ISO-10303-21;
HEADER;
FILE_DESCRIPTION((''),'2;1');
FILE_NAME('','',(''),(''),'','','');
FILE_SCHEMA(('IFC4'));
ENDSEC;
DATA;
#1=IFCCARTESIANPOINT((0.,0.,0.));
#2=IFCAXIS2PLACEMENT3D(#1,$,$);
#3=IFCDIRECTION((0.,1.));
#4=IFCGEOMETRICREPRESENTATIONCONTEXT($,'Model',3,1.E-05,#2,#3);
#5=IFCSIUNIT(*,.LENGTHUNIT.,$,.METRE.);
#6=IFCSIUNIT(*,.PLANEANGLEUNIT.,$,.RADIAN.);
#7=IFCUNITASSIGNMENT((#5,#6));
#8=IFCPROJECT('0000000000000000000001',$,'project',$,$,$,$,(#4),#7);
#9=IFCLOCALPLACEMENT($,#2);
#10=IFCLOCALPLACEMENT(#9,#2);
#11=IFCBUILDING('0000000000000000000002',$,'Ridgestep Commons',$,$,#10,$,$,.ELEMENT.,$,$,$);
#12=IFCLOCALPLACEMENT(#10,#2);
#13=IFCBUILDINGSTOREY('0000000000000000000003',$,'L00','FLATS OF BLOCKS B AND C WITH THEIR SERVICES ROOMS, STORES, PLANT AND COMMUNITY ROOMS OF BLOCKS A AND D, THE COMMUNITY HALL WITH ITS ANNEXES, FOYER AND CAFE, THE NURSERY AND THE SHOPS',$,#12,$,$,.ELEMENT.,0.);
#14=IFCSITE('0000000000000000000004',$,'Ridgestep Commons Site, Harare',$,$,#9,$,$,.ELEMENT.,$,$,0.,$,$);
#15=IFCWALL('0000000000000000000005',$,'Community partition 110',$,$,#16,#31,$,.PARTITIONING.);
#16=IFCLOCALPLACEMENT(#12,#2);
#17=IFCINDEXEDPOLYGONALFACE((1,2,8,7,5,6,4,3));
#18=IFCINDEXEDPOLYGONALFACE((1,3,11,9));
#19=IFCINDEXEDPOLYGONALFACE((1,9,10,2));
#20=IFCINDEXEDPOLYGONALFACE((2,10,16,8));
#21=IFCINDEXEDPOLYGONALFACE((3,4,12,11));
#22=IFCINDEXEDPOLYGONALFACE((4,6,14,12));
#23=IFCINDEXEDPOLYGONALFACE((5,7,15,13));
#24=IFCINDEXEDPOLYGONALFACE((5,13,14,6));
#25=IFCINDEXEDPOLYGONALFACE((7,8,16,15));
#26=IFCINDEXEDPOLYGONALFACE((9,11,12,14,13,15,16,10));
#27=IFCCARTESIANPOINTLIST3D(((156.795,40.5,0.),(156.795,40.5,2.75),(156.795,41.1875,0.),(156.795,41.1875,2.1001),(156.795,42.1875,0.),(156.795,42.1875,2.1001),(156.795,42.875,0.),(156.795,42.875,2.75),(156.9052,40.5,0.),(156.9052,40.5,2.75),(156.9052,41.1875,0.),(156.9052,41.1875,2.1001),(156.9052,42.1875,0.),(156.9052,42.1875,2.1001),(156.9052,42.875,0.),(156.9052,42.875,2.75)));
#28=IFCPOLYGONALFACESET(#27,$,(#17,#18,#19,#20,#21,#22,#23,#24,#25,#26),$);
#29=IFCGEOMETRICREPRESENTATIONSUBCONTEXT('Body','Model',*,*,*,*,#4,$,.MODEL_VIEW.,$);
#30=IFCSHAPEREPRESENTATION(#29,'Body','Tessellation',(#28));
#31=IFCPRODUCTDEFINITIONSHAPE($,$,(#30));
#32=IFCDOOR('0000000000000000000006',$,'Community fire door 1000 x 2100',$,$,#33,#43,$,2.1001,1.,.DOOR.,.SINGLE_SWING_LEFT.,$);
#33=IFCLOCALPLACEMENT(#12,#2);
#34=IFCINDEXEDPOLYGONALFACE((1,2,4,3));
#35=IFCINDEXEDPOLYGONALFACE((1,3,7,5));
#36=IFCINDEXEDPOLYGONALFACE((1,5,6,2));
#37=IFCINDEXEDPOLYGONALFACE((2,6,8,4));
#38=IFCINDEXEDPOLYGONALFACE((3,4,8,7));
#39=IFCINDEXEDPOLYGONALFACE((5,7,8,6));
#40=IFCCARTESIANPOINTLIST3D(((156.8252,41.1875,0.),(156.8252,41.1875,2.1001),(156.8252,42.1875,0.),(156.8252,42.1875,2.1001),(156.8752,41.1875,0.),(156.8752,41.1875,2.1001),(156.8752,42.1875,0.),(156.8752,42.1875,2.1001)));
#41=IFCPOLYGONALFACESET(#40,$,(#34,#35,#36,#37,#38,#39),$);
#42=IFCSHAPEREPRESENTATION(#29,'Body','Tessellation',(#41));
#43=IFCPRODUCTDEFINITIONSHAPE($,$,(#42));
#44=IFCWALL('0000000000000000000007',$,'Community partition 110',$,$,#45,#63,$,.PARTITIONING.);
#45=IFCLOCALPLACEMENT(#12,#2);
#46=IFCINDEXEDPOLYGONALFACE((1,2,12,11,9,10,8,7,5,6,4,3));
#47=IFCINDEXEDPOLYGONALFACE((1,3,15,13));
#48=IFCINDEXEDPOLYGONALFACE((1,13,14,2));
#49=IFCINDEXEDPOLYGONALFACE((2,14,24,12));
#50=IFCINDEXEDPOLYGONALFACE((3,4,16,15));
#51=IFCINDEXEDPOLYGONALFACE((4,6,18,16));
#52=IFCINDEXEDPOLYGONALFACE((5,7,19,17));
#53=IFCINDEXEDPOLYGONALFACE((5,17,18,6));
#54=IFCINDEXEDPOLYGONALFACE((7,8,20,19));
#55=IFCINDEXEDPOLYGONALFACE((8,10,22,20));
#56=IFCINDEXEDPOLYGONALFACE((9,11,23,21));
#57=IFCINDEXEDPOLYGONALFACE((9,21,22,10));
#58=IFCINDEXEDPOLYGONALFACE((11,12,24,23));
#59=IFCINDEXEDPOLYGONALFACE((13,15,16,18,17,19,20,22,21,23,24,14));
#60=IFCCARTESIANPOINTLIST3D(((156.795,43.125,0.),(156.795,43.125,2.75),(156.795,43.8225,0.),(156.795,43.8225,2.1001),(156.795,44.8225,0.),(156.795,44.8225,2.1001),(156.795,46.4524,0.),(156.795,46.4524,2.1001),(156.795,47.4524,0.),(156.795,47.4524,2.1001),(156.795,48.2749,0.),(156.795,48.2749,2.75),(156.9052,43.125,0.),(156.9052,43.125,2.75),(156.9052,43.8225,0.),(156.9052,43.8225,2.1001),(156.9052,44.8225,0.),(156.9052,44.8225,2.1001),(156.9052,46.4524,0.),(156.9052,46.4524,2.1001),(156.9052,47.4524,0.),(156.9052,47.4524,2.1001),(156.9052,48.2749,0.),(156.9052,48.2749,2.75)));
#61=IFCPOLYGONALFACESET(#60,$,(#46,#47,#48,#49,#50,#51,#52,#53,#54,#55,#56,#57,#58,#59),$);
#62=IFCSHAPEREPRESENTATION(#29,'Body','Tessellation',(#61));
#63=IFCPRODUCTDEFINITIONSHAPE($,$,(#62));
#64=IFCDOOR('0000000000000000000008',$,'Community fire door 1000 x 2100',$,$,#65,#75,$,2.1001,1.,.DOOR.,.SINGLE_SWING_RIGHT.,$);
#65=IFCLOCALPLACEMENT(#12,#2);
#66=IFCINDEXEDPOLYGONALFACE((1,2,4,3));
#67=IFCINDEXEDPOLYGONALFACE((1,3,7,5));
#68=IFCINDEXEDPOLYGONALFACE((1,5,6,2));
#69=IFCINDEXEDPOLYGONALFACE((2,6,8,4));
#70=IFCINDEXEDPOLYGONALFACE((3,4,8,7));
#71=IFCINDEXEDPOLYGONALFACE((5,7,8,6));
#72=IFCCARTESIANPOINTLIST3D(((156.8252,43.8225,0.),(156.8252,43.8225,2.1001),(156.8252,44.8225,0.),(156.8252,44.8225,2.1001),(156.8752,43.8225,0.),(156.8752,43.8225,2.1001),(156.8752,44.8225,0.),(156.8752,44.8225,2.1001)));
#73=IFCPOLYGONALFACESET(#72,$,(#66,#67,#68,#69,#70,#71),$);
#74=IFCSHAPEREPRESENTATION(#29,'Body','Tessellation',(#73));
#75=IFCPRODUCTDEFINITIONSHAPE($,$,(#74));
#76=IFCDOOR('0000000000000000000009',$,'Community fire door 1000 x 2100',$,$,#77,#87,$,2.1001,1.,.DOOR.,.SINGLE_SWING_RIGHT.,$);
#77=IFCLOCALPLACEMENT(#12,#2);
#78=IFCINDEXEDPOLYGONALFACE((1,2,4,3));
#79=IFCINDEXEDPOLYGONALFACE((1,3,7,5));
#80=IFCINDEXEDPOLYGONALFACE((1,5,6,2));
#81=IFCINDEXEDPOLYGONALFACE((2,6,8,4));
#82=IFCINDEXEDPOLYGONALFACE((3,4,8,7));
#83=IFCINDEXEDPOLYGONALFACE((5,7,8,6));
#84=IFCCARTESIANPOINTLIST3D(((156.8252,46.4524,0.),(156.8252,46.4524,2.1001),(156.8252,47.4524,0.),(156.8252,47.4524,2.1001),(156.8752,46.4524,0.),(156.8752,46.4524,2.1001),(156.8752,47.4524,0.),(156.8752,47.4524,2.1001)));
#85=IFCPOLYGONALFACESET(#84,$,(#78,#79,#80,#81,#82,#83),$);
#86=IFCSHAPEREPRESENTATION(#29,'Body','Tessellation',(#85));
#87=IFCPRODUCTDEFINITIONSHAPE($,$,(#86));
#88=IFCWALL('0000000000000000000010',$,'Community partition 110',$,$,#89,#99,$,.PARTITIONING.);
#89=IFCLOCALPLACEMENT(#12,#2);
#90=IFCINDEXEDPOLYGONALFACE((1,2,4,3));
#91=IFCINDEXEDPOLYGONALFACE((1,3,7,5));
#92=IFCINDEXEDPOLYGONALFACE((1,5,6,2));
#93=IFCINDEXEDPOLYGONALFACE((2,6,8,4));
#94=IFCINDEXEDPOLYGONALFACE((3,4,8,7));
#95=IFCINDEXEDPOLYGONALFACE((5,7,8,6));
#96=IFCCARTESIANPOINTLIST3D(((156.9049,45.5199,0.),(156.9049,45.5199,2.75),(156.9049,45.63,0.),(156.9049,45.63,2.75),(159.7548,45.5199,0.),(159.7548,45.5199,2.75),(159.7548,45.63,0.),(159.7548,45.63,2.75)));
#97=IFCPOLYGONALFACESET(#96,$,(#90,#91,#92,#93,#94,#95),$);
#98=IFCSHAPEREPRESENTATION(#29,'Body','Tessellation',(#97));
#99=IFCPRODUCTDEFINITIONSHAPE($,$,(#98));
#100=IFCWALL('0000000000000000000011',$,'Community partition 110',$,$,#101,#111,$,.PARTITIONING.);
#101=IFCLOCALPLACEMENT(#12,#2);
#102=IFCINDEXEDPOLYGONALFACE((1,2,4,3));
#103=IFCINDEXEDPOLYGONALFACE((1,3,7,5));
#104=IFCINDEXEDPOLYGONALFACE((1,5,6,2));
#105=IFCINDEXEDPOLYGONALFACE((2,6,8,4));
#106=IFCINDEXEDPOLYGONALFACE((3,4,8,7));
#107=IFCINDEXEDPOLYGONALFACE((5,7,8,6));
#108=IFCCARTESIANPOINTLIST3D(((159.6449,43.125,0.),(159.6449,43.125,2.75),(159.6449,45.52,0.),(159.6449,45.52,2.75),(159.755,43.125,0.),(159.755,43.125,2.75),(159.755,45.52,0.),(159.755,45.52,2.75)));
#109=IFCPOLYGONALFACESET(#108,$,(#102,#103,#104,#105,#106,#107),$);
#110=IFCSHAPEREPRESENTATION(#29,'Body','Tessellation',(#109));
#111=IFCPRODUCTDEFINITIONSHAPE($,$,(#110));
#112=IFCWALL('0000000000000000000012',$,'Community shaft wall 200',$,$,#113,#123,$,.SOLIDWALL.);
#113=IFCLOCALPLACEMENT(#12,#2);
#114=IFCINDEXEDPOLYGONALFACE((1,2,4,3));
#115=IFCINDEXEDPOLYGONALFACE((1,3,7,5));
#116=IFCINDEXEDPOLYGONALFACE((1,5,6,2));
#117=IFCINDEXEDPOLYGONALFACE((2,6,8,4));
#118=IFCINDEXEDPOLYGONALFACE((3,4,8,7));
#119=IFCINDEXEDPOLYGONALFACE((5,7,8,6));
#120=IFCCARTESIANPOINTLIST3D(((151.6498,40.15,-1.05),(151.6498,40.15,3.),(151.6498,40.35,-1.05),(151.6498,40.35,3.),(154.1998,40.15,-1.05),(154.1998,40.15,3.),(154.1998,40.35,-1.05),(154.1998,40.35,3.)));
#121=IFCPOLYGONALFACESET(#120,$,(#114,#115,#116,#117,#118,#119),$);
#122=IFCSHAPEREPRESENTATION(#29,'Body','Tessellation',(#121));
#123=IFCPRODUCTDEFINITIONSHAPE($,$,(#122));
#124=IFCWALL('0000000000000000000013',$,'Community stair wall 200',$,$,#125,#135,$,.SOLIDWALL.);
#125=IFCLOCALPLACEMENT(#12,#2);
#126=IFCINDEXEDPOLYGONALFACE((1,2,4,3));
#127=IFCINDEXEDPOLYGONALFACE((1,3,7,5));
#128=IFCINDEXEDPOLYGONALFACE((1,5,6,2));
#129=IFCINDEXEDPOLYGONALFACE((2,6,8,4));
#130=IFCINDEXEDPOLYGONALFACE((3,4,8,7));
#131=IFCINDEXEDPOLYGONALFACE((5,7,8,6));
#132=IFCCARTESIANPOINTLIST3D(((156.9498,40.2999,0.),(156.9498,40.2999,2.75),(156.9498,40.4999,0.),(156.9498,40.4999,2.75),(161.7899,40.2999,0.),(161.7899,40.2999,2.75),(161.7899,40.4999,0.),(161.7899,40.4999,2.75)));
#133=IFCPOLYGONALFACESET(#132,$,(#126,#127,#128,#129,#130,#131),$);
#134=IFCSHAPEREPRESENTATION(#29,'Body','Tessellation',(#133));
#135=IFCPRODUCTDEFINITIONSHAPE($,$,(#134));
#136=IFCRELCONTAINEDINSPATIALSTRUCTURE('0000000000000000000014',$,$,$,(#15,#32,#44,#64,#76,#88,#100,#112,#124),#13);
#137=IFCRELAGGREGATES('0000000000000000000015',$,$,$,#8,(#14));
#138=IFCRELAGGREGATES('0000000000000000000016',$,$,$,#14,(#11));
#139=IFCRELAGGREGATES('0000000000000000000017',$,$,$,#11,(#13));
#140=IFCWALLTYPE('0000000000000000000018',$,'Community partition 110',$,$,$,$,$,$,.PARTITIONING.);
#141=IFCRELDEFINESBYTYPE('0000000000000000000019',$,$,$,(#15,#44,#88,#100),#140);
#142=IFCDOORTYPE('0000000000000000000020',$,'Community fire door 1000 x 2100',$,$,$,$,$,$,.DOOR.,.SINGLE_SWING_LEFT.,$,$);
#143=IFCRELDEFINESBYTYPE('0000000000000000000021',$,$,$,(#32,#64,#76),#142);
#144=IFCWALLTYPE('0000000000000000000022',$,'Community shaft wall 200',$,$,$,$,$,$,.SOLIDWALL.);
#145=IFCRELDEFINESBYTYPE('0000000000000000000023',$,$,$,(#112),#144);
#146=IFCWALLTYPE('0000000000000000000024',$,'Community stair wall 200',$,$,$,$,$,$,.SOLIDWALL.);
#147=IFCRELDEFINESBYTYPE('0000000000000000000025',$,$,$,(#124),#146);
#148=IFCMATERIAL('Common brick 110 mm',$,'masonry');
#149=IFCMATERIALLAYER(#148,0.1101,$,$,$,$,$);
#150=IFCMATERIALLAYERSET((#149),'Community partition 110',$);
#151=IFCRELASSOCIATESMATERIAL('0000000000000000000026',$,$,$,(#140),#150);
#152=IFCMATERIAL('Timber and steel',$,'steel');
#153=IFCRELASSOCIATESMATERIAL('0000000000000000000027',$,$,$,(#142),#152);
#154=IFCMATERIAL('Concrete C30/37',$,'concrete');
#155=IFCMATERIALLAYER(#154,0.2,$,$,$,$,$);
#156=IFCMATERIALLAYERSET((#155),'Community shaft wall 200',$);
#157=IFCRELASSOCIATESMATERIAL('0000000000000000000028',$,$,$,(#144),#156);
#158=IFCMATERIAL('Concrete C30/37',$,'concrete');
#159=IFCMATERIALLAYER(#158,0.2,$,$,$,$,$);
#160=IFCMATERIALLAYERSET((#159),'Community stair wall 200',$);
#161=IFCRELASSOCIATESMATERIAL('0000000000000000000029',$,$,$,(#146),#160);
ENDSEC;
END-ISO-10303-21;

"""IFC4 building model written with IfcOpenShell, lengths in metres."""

from ifc_helpers import new_model, si_unit, direction, frame, frame_2d, origin, place, context, subcontext, project, spatial, rectangle, extrude, material, layer, layer_set, type_object, element, fill, save


model = new_model("IFC4")

# Units and contexts
model_context = context("Model", 3, precision=1e-05, world=origin(), true_north=direction((0.0, 1.0)))
body_context = subcontext(model_context, "Body", "Model", "MODEL_VIEW")
ifc_project = project(units=[si_unit("LENGTHUNIT", "METRE"), si_unit("PLANEANGLEUNIT", "RADIAN")], contexts=[model_context])

# Site, building, storey
site_placement = place(None, origin())
site = spatial("IfcSite", under=ifc_project, at=site_placement, Name="Ridgestep Commons Site, Harare", CompositionType="ELEMENT", RefElevation=0.0)
building_placement = place(site_placement, origin())
building = spatial("IfcBuilding", under=site, at=building_placement, Name="Ridgestep Commons", CompositionType="ELEMENT")
storey_placement = place(building_placement, origin())
storey = spatial("IfcBuildingStorey", under=building, at=storey_placement, Name="L00", Description="FLATS OF BLOCKS B AND C WITH THEIR SERVICES ROOMS, STORES, PLANT AND COMMUNITY ROOMS OF BLOCKS A AND D, THE COMMUNITY HALL WITH ITS ANNEXES, FOYER AND CAFE, THE NURSERY AND THE SHOPS", CompositionType="ELEMENT", Elevation=0.0)

# Wall, opening, door
ifc_material_1 = material(Name="Common brick 110 mm", Category="masonry")
ifc_layer_1 = layer(ifc_material_1, 0.1101)
ifc_layer_set_1 = layer_set([ifc_layer_1], Name="Community partition 110")
wall_type_1 = type_object("IfcWallType", Name="Community partition 110", PredefinedType="PARTITIONING", material=ifc_layer_set_1)
ifc_material_2 = material(Name="Timber and steel", Category="steel")
door_type = type_object("IfcDoorType", Name="Community fire door 1000 x 2100", OperationType="SINGLE_SWING_LEFT", PredefinedType="DOOR", material=ifc_material_2)
wall_1_placement = place(storey_placement, frame((156.8501, 40.5, 0.0), z_axis=(0.0, 0.0, 1.0), x_axis=(0.0, 1.0, 0.0)))
wall_1 = element("IfcWall", 1, at=wall_1_placement, inside=storey, type_object=wall_type_1, Name="Community partition 110", PredefinedType="PARTITIONING", context=body_context, shape_type="SweptSolid", body=[
    extrude(rectangle(XDim=2.375, YDim=0.1101, at=frame_2d((1.1875, 0.0))), origin(), (0.0, 0.0, 1.0), 2.75),
])
opening_1_placement = place(wall_1_placement, frame((0.6875, 0.0, 0.0)))
opening_1 = element("IfcOpeningElement", 2, at=opening_1_placement, cuts=wall_1, PredefinedType="OPENING", context=body_context, shape_type="SweptSolid", body=[
    extrude(rectangle(XDim=1.0, YDim=2.1001, at=frame_2d((0.5, 1.05))), frame((0.0, 0.0649, 0.0), z_axis=(0.0, -1.0, 0.0), x_axis=(1.0, 0.0, 0.0)), (0.0, 0.0, 1.0), 0.1301),
])
door_1_placement = place(opening_1_placement, origin())
door_1 = element("IfcDoor", 3, at=door_1_placement, inside=storey, type_object=door_type, Name="Community fire door 1000 x 2100", OperationType="SINGLE_SWING_LEFT", OverallHeight=2.1001, OverallWidth=1.0, PredefinedType="DOOR", context=body_context, shape_type="SweptSolid", body=[
    extrude(rectangle(XDim=1.0, YDim=2.1001, at=frame_2d((0.5, 1.05))), frame((0.0, 0.0249, 0.0), z_axis=(0.0, -1.0, 0.0), x_axis=(1.0, 0.0, 0.0)), (0.0, 0.0, 1.0), 0.05),
])
fill(opening_1, door_1)

# Wall, openings, doors
wall_2_placement = place(storey_placement, frame((156.8501, 43.125, 0.0), z_axis=(0.0, 0.0, 1.0), x_axis=(0.0, 1.0, 0.0)))
wall_2 = element("IfcWall", 4, at=wall_2_placement, inside=storey, type_object=wall_type_1, Name="Community partition 110", PredefinedType="PARTITIONING", context=body_context, shape_type="SweptSolid", body=[
    extrude(rectangle(XDim=5.1499, YDim=0.1101, at=frame_2d((2.575, 0.0))), origin(), (0.0, 0.0, 1.0), 2.75),
])
opening_2_placement = place(wall_2_placement, frame((0.6975, 0.0, 0.0)))
opening_2 = element("IfcOpeningElement", 5, at=opening_2_placement, cuts=wall_2, PredefinedType="OPENING", context=body_context, shape_type="SweptSolid", body=[
    extrude(rectangle(XDim=1.0, YDim=2.1001, at=frame_2d((0.5, 1.05))), frame((0.0, 0.0649, 0.0), z_axis=(0.0, -1.0, 0.0), x_axis=(1.0, 0.0, 0.0)), (0.0, 0.0, 1.0), 0.1301),
])
opening_3_placement = place(wall_2_placement, frame((3.3274, 0.0, 0.0)))
opening_3 = element("IfcOpeningElement", 6, at=opening_3_placement, cuts=wall_2, PredefinedType="OPENING", context=body_context, shape_type="SweptSolid", body=[
    extrude(rectangle(XDim=1.0, YDim=2.1001, at=frame_2d((0.5, 1.05))), frame((0.0, 0.0649, 0.0), z_axis=(0.0, -1.0, 0.0), x_axis=(1.0, 0.0, 0.0)), (0.0, 0.0, 1.0), 0.1301),
])
door_2_placement = place(opening_2_placement, origin())
door_2 = element("IfcDoor", 7, at=door_2_placement, inside=storey, type_object=door_type, Name="Community fire door 1000 x 2100", OperationType="SINGLE_SWING_RIGHT", OverallHeight=2.1001, OverallWidth=1.0, PredefinedType="DOOR", context=body_context, shape_type="SweptSolid", body=[
    extrude(rectangle(XDim=1.0, YDim=2.1001, at=frame_2d((0.5, 1.05))), frame((0.0, 0.0249, 0.0), z_axis=(0.0, -1.0, 0.0), x_axis=(1.0, 0.0, 0.0)), (0.0, 0.0, 1.0), 0.05),
])
fill(opening_2, door_2)
door_3_placement = place(opening_3_placement, origin())
door_3 = element("IfcDoor", 8, at=door_3_placement, inside=storey, type_object=door_type, Name="Community fire door 1000 x 2100", OperationType="SINGLE_SWING_RIGHT", OverallHeight=2.1001, OverallWidth=1.0, PredefinedType="DOOR", context=body_context, shape_type="SweptSolid", body=[
    extrude(rectangle(XDim=1.0, YDim=2.1001, at=frame_2d((0.5, 1.05))), frame((0.0, 0.0249, 0.0), z_axis=(0.0, -1.0, 0.0), x_axis=(1.0, 0.0, 0.0)), (0.0, 0.0, 1.0), 0.05),
])
fill(opening_3, door_3)

# Walls
wall_3_placement = place(storey_placement, frame((156.905, 45.575, 0.0), z_axis=(0.0, 0.0, 1.0), x_axis=(1.0, 0.0, 0.0)))
element("IfcWall", 9, at=wall_3_placement, inside=storey, type_object=wall_type_1, Name="Community partition 110", PredefinedType="PARTITIONING", context=body_context, shape_type="SweptSolid", body=[
    extrude(rectangle(XDim=2.8499, YDim=0.1101, at=frame_2d((1.4248, 0.0))), origin(), (0.0, 0.0, 1.0), 2.75),
])
wall_4_placement = place(storey_placement, frame((159.7, 43.125, 0.0), z_axis=(0.0, 0.0, 1.0), x_axis=(0.0, 1.0, 0.0)))
element("IfcWall", 10, at=wall_4_placement, inside=storey, type_object=wall_type_1, Name="Community partition 110", PredefinedType="PARTITIONING", context=body_context, shape_type="SweptSolid", body=[
    extrude(rectangle(XDim=2.395, YDim=0.1101, at=frame_2d((1.1975, 0.0))), origin(), (0.0, 0.0, 1.0), 2.75),
])
ifc_material_3 = material(Name="Concrete C30/37", Category="concrete")
ifc_layer_2 = layer(ifc_material_3, 0.2)
ifc_layer_set_2 = layer_set([ifc_layer_2], Name="Community shaft wall 200")
wall_type_2 = type_object("IfcWallType", Name="Community shaft wall 200", PredefinedType="SOLIDWALL", material=ifc_layer_set_2)
wall_5_placement = place(storey_placement, frame((151.6499, 40.25, -1.05), z_axis=(0.0, 0.0, 1.0), x_axis=(1.0, 0.0, 0.0)))
element("IfcWall", 11, at=wall_5_placement, inside=storey, type_object=wall_type_2, Name="Community shaft wall 200", PredefinedType="SOLIDWALL", context=body_context, shape_type="SweptSolid", body=[
    extrude(rectangle(XDim=2.55, YDim=0.2, at=frame_2d((1.2749, 0.0))), origin(), (0.0, 0.0, 1.0), 4.05),
])
ifc_material_4 = material(Name="Concrete C30/37", Category="concrete")
ifc_layer_3 = layer(ifc_material_4, 0.2)
ifc_layer_set_3 = layer_set([ifc_layer_3], Name="Community stair wall 200")
wall_type_3 = type_object("IfcWallType", Name="Community stair wall 200", PredefinedType="SOLIDWALL", material=ifc_layer_set_3)
wall_6_placement = place(storey_placement, frame((156.95, 40.3999, 0.0), z_axis=(0.0, 0.0, 1.0), x_axis=(1.0, 0.0, 0.0)))
element("IfcWall", 12, at=wall_6_placement, inside=storey, type_object=wall_type_3, Name="Community stair wall 200", PredefinedType="SOLIDWALL", context=body_context, shape_type="SweptSolid", body=[
    extrude(rectangle(XDim=4.8401, YDim=0.2, at=frame_2d((2.4199, 0.0))), origin(), (0.0, 0.0, 1.0), 2.75),
])

save(model, "model.ifc")
